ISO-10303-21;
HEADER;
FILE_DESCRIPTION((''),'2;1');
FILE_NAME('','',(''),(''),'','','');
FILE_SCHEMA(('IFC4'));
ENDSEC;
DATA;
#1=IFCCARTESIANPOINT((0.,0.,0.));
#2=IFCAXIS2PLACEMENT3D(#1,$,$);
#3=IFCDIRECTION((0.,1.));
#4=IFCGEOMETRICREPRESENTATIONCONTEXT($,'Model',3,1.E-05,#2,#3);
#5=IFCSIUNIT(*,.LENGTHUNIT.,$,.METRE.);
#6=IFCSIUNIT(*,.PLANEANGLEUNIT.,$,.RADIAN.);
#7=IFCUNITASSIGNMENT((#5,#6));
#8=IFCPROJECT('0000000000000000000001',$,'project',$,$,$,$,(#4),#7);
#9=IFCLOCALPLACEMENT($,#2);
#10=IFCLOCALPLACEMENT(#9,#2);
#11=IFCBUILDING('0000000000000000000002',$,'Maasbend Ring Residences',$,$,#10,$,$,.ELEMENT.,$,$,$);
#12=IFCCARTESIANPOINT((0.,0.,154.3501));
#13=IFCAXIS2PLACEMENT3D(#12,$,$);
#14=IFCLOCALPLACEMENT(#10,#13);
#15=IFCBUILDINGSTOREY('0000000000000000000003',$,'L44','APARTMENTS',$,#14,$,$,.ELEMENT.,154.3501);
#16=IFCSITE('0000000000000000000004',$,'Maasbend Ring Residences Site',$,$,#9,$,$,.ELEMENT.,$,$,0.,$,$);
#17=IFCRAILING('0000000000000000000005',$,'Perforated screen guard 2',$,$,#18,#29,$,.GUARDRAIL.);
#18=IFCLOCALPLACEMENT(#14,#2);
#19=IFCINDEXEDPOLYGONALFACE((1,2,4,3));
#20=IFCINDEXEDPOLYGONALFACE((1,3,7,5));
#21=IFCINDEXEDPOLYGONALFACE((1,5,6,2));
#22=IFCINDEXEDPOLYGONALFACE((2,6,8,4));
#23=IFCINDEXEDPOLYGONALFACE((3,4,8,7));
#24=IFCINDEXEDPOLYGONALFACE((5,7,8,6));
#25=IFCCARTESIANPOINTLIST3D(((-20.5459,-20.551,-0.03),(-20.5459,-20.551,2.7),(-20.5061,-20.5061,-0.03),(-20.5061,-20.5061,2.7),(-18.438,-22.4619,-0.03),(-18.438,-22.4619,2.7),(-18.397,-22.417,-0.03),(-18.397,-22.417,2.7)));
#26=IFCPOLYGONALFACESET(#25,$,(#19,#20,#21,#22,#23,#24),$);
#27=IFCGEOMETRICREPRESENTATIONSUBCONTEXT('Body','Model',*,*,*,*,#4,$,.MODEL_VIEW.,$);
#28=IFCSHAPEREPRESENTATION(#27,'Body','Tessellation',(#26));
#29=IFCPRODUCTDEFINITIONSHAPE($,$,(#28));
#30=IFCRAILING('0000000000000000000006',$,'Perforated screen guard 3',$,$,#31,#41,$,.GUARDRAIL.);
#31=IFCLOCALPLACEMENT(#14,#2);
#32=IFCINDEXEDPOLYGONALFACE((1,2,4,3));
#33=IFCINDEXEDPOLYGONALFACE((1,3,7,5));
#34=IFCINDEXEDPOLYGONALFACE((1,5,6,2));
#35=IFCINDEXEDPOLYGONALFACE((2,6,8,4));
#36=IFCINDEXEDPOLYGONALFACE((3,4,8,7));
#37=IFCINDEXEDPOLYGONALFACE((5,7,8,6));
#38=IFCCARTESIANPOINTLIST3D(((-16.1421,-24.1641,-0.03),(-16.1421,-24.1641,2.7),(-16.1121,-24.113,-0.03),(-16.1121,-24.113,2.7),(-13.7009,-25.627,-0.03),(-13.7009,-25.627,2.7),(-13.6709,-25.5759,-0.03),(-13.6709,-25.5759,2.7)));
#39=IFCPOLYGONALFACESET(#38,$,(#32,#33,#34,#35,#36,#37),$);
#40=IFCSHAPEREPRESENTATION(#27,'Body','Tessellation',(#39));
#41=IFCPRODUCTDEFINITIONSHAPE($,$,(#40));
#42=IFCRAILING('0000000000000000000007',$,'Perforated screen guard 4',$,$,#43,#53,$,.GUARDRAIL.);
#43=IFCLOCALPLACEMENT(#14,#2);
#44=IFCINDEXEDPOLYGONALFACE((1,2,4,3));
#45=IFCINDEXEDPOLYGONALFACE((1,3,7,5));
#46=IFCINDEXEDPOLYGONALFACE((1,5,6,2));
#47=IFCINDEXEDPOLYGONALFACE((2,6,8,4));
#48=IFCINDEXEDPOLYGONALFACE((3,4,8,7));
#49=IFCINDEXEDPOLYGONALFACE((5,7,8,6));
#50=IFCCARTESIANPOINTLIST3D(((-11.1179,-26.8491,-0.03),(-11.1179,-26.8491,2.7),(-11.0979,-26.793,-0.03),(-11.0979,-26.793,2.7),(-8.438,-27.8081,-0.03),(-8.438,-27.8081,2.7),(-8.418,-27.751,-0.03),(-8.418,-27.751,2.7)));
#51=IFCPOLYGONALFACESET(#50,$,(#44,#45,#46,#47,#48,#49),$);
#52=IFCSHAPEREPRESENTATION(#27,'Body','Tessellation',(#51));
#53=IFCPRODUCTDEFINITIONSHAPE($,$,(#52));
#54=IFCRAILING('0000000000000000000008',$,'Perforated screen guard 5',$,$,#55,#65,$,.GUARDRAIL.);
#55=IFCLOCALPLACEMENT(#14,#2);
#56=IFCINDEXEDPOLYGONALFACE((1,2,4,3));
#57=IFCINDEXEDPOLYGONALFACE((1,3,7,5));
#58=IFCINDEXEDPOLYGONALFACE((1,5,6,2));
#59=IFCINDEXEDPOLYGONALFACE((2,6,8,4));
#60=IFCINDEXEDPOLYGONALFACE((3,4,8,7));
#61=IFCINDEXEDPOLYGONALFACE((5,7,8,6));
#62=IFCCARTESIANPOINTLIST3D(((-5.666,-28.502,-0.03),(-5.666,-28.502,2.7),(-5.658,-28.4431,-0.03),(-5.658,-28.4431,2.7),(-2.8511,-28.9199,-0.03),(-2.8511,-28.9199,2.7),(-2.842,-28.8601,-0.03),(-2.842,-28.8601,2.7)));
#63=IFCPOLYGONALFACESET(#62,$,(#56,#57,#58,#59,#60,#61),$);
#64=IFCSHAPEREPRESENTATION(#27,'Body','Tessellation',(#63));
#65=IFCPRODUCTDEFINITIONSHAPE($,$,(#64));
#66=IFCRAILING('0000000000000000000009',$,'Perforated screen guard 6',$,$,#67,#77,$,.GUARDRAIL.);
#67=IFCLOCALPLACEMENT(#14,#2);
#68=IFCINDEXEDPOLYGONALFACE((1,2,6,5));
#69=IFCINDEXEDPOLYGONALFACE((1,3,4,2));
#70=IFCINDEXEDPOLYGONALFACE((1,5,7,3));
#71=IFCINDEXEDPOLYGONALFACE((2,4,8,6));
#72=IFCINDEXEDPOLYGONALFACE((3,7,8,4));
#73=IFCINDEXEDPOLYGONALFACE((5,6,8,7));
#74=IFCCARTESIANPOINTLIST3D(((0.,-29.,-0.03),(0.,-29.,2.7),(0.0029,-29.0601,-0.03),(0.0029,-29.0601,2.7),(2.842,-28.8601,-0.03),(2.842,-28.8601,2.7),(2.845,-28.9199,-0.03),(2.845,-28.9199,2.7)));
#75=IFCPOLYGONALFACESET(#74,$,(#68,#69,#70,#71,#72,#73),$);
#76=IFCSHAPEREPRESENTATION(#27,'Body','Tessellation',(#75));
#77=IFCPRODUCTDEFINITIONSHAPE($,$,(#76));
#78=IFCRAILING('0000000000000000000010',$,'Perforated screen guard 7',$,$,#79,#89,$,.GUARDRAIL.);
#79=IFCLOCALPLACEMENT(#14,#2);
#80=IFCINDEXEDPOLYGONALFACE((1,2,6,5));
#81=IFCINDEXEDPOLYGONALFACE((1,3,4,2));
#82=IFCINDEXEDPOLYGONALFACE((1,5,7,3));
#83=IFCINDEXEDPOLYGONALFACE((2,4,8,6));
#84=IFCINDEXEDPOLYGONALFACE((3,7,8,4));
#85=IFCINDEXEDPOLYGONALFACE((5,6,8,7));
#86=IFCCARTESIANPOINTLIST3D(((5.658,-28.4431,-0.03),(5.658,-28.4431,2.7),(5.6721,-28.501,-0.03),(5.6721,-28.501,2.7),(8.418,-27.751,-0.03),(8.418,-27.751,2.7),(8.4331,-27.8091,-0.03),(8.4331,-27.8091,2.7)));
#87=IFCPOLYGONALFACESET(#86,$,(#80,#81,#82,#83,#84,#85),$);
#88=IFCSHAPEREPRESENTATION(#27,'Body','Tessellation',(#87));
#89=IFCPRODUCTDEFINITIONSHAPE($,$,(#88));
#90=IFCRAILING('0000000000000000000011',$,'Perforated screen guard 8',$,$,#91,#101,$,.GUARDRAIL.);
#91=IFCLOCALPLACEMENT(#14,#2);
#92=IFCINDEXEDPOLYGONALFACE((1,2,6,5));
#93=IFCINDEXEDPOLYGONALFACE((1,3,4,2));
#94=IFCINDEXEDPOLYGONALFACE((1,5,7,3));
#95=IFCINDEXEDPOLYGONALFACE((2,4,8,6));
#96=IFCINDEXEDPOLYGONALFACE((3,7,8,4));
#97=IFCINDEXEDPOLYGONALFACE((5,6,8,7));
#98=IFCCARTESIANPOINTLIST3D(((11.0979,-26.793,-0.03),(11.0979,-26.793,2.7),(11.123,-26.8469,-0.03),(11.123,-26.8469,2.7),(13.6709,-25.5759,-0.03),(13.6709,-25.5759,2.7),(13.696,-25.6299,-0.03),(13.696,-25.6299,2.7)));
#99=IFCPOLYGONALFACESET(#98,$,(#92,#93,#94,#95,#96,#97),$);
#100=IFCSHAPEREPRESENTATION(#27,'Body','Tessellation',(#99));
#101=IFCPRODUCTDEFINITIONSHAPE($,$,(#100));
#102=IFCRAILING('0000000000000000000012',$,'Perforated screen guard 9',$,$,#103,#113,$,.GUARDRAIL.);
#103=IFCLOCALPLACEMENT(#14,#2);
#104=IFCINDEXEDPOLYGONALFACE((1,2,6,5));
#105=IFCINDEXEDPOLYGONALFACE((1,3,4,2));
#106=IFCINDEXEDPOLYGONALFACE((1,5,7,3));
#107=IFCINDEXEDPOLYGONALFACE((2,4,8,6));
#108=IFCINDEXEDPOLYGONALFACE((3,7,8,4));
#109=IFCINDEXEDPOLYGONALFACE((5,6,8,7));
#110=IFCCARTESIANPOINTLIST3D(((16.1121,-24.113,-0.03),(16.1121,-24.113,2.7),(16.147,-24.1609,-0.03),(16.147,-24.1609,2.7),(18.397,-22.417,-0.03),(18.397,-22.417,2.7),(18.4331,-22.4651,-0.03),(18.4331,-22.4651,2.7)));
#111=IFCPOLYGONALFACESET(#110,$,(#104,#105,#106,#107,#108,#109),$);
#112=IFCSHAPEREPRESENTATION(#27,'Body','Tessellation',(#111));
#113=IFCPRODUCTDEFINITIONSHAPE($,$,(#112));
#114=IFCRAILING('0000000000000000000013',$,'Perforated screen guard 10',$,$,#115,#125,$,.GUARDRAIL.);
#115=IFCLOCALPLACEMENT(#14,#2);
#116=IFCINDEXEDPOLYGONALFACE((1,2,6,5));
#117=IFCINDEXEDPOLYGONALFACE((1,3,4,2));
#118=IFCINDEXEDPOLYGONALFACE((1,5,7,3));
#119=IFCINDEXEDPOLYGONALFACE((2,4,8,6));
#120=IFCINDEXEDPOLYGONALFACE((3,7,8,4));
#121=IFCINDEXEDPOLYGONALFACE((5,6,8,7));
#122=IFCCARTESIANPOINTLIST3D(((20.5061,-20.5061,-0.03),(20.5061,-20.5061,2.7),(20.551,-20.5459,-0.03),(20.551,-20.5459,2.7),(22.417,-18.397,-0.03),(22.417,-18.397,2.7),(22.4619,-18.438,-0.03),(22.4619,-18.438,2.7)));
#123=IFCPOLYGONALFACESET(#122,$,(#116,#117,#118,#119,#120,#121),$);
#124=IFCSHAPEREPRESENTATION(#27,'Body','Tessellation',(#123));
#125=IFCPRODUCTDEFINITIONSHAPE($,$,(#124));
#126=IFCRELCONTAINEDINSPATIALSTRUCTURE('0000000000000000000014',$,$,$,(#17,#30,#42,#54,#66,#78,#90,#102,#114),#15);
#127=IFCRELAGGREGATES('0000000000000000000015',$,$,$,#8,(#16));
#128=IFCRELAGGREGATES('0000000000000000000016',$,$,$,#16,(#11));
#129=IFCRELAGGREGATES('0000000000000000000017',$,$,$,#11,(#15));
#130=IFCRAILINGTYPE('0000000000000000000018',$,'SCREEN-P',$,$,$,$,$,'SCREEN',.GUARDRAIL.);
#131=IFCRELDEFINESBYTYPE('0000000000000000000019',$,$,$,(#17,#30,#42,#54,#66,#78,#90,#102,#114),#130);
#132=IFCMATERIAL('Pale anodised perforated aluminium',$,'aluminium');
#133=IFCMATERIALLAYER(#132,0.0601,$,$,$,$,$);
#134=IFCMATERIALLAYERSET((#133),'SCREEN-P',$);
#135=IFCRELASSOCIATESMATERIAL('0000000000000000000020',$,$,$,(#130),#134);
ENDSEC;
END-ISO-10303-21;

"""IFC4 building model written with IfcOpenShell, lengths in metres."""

from ifc_helpers import new_model, si_unit, direction, frame, origin, place, context, subcontext, project, spatial, polyline, outline, extrude, material, layer, layer_set, type_object, element, save


model = new_model("IFC4")

# Units and contexts
model_context = context("Model", 3, precision=1e-05, world=origin(), true_north=direction((0.0, 1.0)))
body_context = subcontext(model_context, "Body", "Model", "MODEL_VIEW")
ifc_project = project(units=[si_unit("LENGTHUNIT", "METRE"), si_unit("PLANEANGLEUNIT", "RADIAN")], contexts=[model_context])

# Site, building, storey
site_placement = place(None, origin())
site = spatial("IfcSite", under=ifc_project, at=site_placement, Name="Maasbend Ring Residences Site", CompositionType="ELEMENT", RefElevation=0.0)
building_placement = place(site_placement, origin())
building = spatial("IfcBuilding", under=site, at=building_placement, Name="Maasbend Ring Residences", CompositionType="ELEMENT")
storey_placement = place(building_placement, frame((0.0, 0.0, 154.3501)))
storey = spatial("IfcBuildingStorey", under=building, at=storey_placement, Name="L44", Description="APARTMENTS", CompositionType="ELEMENT", Elevation=154.3501)

# Railings
ifc_material_1 = material(Name="Pale anodised perforated aluminium", Category="aluminium")
ifc_layer_1 = layer(ifc_material_1, 0.0601)
ifc_layer_set_1 = layer_set([ifc_layer_1], Name="SCREEN-P")
railing_type = type_object("IfcRailingType", Name="SCREEN-P", ElementType="SCREEN", PredefinedType="GUARDRAIL", material=ifc_layer_set_1)
railing_1_placement = place(storey_placement, frame((0.0, 0.0, -0.03)))
element("IfcRailing", 1, at=railing_1_placement, inside=storey, type_object=railing_type, Name="Perforated screen guard 2", PredefinedType="GUARDRAIL", context=body_context, shape_type="SweptSolid", body=[
    extrude(outline(polyline([(-20.5061, -20.5061), (-18.397, -22.417), (-18.438, -22.4619), (-20.5459, -20.551), (-20.5061, -20.5061)])), origin(), (0.0, 0.0, 1.0), 2.73),
])
railing_2_placement = place(storey_placement, frame((0.0, 0.0, -0.03)))
element("IfcRailing", 2, at=railing_2_placement, inside=storey, type_object=railing_type, Name="Perforated screen guard 3", PredefinedType="GUARDRAIL", context=body_context, shape_type="SweptSolid", body=[
    extrude(outline(polyline([(-16.1121, -24.113), (-13.6709, -25.5759), (-13.7009, -25.627), (-16.1421, -24.1641), (-16.1121, -24.113)])), origin(), (0.0, 0.0, 1.0), 2.73),
])
railing_3_placement = place(storey_placement, frame((0.0, 0.0, -0.03)))
element("IfcRailing", 3, at=railing_3_placement, inside=storey, type_object=railing_type, Name="Perforated screen guard 4", PredefinedType="GUARDRAIL", context=body_context, shape_type="SweptSolid", body=[
    extrude(outline(polyline([(-11.0979, -26.793), (-8.418, -27.751), (-8.438, -27.8081), (-11.1179, -26.8491), (-11.0979, -26.793)])), origin(), (0.0, 0.0, 1.0), 2.73),
])
railing_4_placement = place(storey_placement, frame((0.0, 0.0, -0.03)))
element("IfcRailing", 4, at=railing_4_placement, inside=storey, type_object=railing_type, Name="Perforated screen guard 5", PredefinedType="GUARDRAIL", context=body_context, shape_type="SweptSolid", body=[
    extrude(outline(polyline([(-5.658, -28.4431), (-2.842, -28.8601), (-2.8511, -28.9199), (-5.666, -28.502), (-5.658, -28.4431)])), origin(), (0.0, 0.0, 1.0), 2.73),
])
railing_5_placement = place(storey_placement, frame((0.0, 0.0, -0.03)))
element("IfcRailing", 5, at=railing_5_placement, inside=storey, type_object=railing_type, Name="Perforated screen guard 6", PredefinedType="GUARDRAIL", context=body_context, shape_type="SweptSolid", body=[
    extrude(outline(polyline([(0.0, -29.0), (2.842, -28.8601), (2.845, -28.9199), (0.0029, -29.0601), (0.0, -29.0)])), origin(), (0.0, 0.0, 1.0), 2.73),
])
railing_6_placement = place(storey_placement, frame((0.0, 0.0, -0.03)))
element("IfcRailing", 6, at=railing_6_placement, inside=storey, type_object=railing_type, Name="Perforated screen guard 7", PredefinedType="GUARDRAIL", context=body_context, shape_type="SweptSolid", body=[
    extrude(outline(polyline([(5.658, -28.4431), (8.418, -27.751), (8.4331, -27.8091), (5.6721, -28.501), (5.658, -28.4431)])), origin(), (0.0, 0.0, 1.0), 2.73),
])
railing_7_placement = place(storey_placement, frame((0.0, 0.0, -0.03)))
element("IfcRailing", 7, at=railing_7_placement, inside=storey, type_object=railing_type, Name="Perforated screen guard 8", PredefinedType="GUARDRAIL", context=body_context, shape_type="SweptSolid", body=[
    extrude(outline(polyline([(11.0979, -26.793), (13.6709, -25.5759), (13.696, -25.6299), (11.123, -26.8469), (11.0979, -26.793)])), origin(), (0.0, 0.0, 1.0), 2.73),
])
railing_8_placement = place(storey_placement, frame((0.0, 0.0, -0.03)))
element("IfcRailing", 8, at=railing_8_placement, inside=storey, type_object=railing_type, Name="Perforated screen guard 9", PredefinedType="GUARDRAIL", context=body_context, shape_type="SweptSolid", body=[
    extrude(outline(polyline([(16.1121, -24.113), (18.397, -22.417), (18.4331, -22.4651), (16.147, -24.1609), (16.1121, -24.113)])), origin(), (0.0, 0.0, 1.0), 2.73),
])
railing_9_placement = place(storey_placement, frame((0.0, 0.0, -0.03)))
element("IfcRailing", 9, at=railing_9_placement, inside=storey, type_object=railing_type, Name="Perforated screen guard 10", PredefinedType="GUARDRAIL", context=body_context, shape_type="SweptSolid", body=[
    extrude(outline(polyline([(20.5061, -20.5061), (22.417, -18.397), (22.4619, -18.438), (20.551, -20.5459), (20.5061, -20.5061)])), origin(), (0.0, 0.0, 1.0), 2.73),
])

save(model, "model.ifc")
